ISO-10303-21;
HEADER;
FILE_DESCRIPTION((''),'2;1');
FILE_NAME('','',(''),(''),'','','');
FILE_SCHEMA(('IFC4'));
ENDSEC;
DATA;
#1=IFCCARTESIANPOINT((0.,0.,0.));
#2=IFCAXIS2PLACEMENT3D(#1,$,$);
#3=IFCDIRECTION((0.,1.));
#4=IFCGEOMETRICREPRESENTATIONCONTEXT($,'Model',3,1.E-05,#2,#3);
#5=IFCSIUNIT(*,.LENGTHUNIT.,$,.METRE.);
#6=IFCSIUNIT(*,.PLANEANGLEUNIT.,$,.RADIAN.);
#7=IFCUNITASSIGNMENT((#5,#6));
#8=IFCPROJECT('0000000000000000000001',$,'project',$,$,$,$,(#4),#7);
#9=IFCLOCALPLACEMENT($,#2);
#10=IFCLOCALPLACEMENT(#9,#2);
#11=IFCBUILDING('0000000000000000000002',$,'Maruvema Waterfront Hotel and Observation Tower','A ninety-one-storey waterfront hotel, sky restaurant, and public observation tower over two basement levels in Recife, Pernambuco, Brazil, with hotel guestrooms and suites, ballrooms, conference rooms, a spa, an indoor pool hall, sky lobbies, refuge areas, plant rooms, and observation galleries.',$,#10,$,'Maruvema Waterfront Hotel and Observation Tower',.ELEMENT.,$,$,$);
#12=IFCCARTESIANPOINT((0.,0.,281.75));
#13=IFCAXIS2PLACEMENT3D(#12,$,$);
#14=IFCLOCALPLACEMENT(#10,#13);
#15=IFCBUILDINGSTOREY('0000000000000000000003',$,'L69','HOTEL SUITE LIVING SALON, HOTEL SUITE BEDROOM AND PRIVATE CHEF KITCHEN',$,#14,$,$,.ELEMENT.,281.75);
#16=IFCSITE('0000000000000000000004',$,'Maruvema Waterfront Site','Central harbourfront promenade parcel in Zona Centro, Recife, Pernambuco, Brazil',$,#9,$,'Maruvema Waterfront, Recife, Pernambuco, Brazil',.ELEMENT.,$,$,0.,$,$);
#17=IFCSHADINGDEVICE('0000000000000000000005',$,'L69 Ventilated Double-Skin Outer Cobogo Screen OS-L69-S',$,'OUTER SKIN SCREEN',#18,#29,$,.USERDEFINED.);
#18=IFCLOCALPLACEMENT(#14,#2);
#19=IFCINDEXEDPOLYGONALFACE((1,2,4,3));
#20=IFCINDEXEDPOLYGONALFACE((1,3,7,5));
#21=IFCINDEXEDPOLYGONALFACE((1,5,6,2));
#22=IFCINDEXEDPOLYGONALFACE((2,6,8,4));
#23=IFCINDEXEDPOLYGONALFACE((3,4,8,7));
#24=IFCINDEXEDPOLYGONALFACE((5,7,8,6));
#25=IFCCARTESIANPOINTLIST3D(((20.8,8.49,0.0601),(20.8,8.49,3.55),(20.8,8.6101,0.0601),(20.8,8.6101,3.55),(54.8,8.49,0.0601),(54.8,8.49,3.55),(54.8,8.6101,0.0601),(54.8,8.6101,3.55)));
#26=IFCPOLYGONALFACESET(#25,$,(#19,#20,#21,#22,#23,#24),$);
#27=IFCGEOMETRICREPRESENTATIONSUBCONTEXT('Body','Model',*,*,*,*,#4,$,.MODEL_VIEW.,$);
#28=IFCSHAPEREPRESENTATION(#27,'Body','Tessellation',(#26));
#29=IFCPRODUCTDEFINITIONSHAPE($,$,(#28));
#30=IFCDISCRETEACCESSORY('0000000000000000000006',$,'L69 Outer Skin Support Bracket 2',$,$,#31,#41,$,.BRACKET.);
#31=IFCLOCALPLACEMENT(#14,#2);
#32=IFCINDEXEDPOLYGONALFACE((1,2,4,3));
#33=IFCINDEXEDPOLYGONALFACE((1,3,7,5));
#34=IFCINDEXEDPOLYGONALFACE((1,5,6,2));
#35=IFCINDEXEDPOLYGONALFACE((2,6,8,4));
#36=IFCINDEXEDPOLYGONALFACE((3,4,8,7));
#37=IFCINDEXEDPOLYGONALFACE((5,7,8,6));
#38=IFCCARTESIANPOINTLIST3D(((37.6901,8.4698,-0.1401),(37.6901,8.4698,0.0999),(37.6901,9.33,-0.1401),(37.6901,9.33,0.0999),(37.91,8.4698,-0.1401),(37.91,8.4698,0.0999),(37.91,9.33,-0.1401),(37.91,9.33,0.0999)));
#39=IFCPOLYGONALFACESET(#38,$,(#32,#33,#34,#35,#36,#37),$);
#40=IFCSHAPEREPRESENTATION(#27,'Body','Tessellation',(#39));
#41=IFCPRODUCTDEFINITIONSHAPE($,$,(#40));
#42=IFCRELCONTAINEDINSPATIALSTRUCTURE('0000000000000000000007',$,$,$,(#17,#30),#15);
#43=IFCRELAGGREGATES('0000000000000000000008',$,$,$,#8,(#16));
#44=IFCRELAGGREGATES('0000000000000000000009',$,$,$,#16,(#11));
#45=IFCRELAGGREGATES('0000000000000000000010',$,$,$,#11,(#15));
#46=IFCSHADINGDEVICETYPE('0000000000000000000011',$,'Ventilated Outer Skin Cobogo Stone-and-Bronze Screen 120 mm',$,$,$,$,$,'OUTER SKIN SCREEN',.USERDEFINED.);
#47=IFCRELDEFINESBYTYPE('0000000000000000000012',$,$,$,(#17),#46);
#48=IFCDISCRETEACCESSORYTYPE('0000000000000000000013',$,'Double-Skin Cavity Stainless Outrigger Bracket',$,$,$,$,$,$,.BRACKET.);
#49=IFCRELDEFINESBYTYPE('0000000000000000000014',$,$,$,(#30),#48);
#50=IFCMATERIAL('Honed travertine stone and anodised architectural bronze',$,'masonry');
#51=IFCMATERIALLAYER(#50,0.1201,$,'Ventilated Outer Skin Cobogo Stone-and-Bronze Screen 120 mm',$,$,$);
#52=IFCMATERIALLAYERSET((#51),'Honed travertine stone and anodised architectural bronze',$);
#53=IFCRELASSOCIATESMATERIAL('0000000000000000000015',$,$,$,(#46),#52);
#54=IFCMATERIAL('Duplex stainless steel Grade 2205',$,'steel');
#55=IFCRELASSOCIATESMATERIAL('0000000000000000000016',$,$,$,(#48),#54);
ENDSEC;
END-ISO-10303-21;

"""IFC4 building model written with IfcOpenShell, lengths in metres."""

from ifc_helpers import new_model, si_unit, direction, frame, origin, origin_2d, place, context, subcontext, project, spatial, rectangle, extrude, material, layer, layer_set, type_object, element, save


model = new_model("IFC4")

# Units and contexts
model_context = context("Model", 3, precision=1e-05, world=origin(), true_north=direction((0.0, 1.0)))
body_context = subcontext(model_context, "Body", "Model", "MODEL_VIEW")
ifc_project = project(units=[si_unit("LENGTHUNIT", "METRE"), si_unit("PLANEANGLEUNIT", "RADIAN")], contexts=[model_context])

# Site, building, storey
site_placement = place(None, origin())
site = spatial("IfcSite", under=ifc_project, at=site_placement, Name="Maruvema Waterfront Site", Description="Central harbourfront promenade parcel in Zona Centro, Recife, Pernambuco, Brazil", LongName="Maruvema Waterfront, Recife, Pernambuco, Brazil", CompositionType="ELEMENT", RefElevation=0.0)
building_placement = place(site_placement, origin())
building = spatial("IfcBuilding", under=site, at=building_placement, Name="Maruvema Waterfront Hotel and Observation Tower", Description="A ninety-one-storey waterfront hotel, sky restaurant, and public observation tower over two basement levels in Recife, Pernambuco, Brazil, with hotel guestrooms and suites, ballrooms, conference rooms, a spa, an indoor pool hall, sky lobbies, refuge areas, plant rooms, and observation galleries.", LongName="Maruvema Waterfront Hotel and Observation Tower", CompositionType="ELEMENT")
storey_placement = place(building_placement, frame((0.0, 0.0, 281.75)))
storey = spatial("IfcBuildingStorey", under=building, at=storey_placement, Name="L69", Description="HOTEL SUITE LIVING SALON, HOTEL SUITE BEDROOM AND PRIVATE CHEF KITCHEN", CompositionType="ELEMENT", Elevation=281.75)

# Shading device
ifc_material_1 = material(Name="Honed travertine stone and anodised architectural bronze", Category="masonry")
ifc_layer_1 = layer(ifc_material_1, 0.1201, Name="Ventilated Outer Skin Cobogo Stone-and-Bronze Screen 120 mm")
ifc_layer_set_1 = layer_set([ifc_layer_1], Name="Honed travertine stone and anodised architectural bronze")
shading_device_type = type_object("IfcShadingDeviceType", Name="Ventilated Outer Skin Cobogo Stone-and-Bronze Screen 120 mm", ElementType="OUTER SKIN SCREEN", PredefinedType="USERDEFINED", material=ifc_layer_set_1)
shading_device_placement = place(storey_placement, frame((37.8, 8.55, 0.0601), z_axis=(0.0, 0.0, 1.0), x_axis=(1.0, 0.0, 0.0)))
element("IfcShadingDevice", 1, at=shading_device_placement, inside=storey, type_object=shading_device_type, Name="L69 Ventilated Double-Skin Outer Cobogo Screen OS-L69-S", ObjectType="OUTER SKIN SCREEN", PredefinedType="USERDEFINED", context=body_context, shape_type="SweptSolid", body=[
    extrude(rectangle(XDim=34.0, YDim=0.1201, at=origin_2d()), origin(), (0.0, 0.0, 1.0), 3.49),
])

# Discrete accessory
ifc_material_2 = material(Name="Duplex stainless steel Grade 2205", Category="steel")
discrete_accessory_type = type_object("IfcDiscreteAccessoryType", Name="Double-Skin Cavity Stainless Outrigger Bracket", PredefinedType="BRACKET", material=ifc_material_2)
discrete_accessory_placement = place(storey_placement, frame((37.8, 8.8999, -0.1401), z_axis=(0.0, 0.0, 1.0), x_axis=(1.0, 0.0, 0.0)))
element("IfcDiscreteAccessory", 2, at=discrete_accessory_placement, inside=storey, type_object=discrete_accessory_type, Name="L69 Outer Skin Support Bracket 2", PredefinedType="BRACKET", context=body_context, shape_type="SweptSolid", body=[
    extrude(rectangle(XDim=0.22, YDim=0.8601, at=origin_2d()), origin(), (0.0, 0.0, 1.0), 0.24),
])

save(model, "model.ifc")
